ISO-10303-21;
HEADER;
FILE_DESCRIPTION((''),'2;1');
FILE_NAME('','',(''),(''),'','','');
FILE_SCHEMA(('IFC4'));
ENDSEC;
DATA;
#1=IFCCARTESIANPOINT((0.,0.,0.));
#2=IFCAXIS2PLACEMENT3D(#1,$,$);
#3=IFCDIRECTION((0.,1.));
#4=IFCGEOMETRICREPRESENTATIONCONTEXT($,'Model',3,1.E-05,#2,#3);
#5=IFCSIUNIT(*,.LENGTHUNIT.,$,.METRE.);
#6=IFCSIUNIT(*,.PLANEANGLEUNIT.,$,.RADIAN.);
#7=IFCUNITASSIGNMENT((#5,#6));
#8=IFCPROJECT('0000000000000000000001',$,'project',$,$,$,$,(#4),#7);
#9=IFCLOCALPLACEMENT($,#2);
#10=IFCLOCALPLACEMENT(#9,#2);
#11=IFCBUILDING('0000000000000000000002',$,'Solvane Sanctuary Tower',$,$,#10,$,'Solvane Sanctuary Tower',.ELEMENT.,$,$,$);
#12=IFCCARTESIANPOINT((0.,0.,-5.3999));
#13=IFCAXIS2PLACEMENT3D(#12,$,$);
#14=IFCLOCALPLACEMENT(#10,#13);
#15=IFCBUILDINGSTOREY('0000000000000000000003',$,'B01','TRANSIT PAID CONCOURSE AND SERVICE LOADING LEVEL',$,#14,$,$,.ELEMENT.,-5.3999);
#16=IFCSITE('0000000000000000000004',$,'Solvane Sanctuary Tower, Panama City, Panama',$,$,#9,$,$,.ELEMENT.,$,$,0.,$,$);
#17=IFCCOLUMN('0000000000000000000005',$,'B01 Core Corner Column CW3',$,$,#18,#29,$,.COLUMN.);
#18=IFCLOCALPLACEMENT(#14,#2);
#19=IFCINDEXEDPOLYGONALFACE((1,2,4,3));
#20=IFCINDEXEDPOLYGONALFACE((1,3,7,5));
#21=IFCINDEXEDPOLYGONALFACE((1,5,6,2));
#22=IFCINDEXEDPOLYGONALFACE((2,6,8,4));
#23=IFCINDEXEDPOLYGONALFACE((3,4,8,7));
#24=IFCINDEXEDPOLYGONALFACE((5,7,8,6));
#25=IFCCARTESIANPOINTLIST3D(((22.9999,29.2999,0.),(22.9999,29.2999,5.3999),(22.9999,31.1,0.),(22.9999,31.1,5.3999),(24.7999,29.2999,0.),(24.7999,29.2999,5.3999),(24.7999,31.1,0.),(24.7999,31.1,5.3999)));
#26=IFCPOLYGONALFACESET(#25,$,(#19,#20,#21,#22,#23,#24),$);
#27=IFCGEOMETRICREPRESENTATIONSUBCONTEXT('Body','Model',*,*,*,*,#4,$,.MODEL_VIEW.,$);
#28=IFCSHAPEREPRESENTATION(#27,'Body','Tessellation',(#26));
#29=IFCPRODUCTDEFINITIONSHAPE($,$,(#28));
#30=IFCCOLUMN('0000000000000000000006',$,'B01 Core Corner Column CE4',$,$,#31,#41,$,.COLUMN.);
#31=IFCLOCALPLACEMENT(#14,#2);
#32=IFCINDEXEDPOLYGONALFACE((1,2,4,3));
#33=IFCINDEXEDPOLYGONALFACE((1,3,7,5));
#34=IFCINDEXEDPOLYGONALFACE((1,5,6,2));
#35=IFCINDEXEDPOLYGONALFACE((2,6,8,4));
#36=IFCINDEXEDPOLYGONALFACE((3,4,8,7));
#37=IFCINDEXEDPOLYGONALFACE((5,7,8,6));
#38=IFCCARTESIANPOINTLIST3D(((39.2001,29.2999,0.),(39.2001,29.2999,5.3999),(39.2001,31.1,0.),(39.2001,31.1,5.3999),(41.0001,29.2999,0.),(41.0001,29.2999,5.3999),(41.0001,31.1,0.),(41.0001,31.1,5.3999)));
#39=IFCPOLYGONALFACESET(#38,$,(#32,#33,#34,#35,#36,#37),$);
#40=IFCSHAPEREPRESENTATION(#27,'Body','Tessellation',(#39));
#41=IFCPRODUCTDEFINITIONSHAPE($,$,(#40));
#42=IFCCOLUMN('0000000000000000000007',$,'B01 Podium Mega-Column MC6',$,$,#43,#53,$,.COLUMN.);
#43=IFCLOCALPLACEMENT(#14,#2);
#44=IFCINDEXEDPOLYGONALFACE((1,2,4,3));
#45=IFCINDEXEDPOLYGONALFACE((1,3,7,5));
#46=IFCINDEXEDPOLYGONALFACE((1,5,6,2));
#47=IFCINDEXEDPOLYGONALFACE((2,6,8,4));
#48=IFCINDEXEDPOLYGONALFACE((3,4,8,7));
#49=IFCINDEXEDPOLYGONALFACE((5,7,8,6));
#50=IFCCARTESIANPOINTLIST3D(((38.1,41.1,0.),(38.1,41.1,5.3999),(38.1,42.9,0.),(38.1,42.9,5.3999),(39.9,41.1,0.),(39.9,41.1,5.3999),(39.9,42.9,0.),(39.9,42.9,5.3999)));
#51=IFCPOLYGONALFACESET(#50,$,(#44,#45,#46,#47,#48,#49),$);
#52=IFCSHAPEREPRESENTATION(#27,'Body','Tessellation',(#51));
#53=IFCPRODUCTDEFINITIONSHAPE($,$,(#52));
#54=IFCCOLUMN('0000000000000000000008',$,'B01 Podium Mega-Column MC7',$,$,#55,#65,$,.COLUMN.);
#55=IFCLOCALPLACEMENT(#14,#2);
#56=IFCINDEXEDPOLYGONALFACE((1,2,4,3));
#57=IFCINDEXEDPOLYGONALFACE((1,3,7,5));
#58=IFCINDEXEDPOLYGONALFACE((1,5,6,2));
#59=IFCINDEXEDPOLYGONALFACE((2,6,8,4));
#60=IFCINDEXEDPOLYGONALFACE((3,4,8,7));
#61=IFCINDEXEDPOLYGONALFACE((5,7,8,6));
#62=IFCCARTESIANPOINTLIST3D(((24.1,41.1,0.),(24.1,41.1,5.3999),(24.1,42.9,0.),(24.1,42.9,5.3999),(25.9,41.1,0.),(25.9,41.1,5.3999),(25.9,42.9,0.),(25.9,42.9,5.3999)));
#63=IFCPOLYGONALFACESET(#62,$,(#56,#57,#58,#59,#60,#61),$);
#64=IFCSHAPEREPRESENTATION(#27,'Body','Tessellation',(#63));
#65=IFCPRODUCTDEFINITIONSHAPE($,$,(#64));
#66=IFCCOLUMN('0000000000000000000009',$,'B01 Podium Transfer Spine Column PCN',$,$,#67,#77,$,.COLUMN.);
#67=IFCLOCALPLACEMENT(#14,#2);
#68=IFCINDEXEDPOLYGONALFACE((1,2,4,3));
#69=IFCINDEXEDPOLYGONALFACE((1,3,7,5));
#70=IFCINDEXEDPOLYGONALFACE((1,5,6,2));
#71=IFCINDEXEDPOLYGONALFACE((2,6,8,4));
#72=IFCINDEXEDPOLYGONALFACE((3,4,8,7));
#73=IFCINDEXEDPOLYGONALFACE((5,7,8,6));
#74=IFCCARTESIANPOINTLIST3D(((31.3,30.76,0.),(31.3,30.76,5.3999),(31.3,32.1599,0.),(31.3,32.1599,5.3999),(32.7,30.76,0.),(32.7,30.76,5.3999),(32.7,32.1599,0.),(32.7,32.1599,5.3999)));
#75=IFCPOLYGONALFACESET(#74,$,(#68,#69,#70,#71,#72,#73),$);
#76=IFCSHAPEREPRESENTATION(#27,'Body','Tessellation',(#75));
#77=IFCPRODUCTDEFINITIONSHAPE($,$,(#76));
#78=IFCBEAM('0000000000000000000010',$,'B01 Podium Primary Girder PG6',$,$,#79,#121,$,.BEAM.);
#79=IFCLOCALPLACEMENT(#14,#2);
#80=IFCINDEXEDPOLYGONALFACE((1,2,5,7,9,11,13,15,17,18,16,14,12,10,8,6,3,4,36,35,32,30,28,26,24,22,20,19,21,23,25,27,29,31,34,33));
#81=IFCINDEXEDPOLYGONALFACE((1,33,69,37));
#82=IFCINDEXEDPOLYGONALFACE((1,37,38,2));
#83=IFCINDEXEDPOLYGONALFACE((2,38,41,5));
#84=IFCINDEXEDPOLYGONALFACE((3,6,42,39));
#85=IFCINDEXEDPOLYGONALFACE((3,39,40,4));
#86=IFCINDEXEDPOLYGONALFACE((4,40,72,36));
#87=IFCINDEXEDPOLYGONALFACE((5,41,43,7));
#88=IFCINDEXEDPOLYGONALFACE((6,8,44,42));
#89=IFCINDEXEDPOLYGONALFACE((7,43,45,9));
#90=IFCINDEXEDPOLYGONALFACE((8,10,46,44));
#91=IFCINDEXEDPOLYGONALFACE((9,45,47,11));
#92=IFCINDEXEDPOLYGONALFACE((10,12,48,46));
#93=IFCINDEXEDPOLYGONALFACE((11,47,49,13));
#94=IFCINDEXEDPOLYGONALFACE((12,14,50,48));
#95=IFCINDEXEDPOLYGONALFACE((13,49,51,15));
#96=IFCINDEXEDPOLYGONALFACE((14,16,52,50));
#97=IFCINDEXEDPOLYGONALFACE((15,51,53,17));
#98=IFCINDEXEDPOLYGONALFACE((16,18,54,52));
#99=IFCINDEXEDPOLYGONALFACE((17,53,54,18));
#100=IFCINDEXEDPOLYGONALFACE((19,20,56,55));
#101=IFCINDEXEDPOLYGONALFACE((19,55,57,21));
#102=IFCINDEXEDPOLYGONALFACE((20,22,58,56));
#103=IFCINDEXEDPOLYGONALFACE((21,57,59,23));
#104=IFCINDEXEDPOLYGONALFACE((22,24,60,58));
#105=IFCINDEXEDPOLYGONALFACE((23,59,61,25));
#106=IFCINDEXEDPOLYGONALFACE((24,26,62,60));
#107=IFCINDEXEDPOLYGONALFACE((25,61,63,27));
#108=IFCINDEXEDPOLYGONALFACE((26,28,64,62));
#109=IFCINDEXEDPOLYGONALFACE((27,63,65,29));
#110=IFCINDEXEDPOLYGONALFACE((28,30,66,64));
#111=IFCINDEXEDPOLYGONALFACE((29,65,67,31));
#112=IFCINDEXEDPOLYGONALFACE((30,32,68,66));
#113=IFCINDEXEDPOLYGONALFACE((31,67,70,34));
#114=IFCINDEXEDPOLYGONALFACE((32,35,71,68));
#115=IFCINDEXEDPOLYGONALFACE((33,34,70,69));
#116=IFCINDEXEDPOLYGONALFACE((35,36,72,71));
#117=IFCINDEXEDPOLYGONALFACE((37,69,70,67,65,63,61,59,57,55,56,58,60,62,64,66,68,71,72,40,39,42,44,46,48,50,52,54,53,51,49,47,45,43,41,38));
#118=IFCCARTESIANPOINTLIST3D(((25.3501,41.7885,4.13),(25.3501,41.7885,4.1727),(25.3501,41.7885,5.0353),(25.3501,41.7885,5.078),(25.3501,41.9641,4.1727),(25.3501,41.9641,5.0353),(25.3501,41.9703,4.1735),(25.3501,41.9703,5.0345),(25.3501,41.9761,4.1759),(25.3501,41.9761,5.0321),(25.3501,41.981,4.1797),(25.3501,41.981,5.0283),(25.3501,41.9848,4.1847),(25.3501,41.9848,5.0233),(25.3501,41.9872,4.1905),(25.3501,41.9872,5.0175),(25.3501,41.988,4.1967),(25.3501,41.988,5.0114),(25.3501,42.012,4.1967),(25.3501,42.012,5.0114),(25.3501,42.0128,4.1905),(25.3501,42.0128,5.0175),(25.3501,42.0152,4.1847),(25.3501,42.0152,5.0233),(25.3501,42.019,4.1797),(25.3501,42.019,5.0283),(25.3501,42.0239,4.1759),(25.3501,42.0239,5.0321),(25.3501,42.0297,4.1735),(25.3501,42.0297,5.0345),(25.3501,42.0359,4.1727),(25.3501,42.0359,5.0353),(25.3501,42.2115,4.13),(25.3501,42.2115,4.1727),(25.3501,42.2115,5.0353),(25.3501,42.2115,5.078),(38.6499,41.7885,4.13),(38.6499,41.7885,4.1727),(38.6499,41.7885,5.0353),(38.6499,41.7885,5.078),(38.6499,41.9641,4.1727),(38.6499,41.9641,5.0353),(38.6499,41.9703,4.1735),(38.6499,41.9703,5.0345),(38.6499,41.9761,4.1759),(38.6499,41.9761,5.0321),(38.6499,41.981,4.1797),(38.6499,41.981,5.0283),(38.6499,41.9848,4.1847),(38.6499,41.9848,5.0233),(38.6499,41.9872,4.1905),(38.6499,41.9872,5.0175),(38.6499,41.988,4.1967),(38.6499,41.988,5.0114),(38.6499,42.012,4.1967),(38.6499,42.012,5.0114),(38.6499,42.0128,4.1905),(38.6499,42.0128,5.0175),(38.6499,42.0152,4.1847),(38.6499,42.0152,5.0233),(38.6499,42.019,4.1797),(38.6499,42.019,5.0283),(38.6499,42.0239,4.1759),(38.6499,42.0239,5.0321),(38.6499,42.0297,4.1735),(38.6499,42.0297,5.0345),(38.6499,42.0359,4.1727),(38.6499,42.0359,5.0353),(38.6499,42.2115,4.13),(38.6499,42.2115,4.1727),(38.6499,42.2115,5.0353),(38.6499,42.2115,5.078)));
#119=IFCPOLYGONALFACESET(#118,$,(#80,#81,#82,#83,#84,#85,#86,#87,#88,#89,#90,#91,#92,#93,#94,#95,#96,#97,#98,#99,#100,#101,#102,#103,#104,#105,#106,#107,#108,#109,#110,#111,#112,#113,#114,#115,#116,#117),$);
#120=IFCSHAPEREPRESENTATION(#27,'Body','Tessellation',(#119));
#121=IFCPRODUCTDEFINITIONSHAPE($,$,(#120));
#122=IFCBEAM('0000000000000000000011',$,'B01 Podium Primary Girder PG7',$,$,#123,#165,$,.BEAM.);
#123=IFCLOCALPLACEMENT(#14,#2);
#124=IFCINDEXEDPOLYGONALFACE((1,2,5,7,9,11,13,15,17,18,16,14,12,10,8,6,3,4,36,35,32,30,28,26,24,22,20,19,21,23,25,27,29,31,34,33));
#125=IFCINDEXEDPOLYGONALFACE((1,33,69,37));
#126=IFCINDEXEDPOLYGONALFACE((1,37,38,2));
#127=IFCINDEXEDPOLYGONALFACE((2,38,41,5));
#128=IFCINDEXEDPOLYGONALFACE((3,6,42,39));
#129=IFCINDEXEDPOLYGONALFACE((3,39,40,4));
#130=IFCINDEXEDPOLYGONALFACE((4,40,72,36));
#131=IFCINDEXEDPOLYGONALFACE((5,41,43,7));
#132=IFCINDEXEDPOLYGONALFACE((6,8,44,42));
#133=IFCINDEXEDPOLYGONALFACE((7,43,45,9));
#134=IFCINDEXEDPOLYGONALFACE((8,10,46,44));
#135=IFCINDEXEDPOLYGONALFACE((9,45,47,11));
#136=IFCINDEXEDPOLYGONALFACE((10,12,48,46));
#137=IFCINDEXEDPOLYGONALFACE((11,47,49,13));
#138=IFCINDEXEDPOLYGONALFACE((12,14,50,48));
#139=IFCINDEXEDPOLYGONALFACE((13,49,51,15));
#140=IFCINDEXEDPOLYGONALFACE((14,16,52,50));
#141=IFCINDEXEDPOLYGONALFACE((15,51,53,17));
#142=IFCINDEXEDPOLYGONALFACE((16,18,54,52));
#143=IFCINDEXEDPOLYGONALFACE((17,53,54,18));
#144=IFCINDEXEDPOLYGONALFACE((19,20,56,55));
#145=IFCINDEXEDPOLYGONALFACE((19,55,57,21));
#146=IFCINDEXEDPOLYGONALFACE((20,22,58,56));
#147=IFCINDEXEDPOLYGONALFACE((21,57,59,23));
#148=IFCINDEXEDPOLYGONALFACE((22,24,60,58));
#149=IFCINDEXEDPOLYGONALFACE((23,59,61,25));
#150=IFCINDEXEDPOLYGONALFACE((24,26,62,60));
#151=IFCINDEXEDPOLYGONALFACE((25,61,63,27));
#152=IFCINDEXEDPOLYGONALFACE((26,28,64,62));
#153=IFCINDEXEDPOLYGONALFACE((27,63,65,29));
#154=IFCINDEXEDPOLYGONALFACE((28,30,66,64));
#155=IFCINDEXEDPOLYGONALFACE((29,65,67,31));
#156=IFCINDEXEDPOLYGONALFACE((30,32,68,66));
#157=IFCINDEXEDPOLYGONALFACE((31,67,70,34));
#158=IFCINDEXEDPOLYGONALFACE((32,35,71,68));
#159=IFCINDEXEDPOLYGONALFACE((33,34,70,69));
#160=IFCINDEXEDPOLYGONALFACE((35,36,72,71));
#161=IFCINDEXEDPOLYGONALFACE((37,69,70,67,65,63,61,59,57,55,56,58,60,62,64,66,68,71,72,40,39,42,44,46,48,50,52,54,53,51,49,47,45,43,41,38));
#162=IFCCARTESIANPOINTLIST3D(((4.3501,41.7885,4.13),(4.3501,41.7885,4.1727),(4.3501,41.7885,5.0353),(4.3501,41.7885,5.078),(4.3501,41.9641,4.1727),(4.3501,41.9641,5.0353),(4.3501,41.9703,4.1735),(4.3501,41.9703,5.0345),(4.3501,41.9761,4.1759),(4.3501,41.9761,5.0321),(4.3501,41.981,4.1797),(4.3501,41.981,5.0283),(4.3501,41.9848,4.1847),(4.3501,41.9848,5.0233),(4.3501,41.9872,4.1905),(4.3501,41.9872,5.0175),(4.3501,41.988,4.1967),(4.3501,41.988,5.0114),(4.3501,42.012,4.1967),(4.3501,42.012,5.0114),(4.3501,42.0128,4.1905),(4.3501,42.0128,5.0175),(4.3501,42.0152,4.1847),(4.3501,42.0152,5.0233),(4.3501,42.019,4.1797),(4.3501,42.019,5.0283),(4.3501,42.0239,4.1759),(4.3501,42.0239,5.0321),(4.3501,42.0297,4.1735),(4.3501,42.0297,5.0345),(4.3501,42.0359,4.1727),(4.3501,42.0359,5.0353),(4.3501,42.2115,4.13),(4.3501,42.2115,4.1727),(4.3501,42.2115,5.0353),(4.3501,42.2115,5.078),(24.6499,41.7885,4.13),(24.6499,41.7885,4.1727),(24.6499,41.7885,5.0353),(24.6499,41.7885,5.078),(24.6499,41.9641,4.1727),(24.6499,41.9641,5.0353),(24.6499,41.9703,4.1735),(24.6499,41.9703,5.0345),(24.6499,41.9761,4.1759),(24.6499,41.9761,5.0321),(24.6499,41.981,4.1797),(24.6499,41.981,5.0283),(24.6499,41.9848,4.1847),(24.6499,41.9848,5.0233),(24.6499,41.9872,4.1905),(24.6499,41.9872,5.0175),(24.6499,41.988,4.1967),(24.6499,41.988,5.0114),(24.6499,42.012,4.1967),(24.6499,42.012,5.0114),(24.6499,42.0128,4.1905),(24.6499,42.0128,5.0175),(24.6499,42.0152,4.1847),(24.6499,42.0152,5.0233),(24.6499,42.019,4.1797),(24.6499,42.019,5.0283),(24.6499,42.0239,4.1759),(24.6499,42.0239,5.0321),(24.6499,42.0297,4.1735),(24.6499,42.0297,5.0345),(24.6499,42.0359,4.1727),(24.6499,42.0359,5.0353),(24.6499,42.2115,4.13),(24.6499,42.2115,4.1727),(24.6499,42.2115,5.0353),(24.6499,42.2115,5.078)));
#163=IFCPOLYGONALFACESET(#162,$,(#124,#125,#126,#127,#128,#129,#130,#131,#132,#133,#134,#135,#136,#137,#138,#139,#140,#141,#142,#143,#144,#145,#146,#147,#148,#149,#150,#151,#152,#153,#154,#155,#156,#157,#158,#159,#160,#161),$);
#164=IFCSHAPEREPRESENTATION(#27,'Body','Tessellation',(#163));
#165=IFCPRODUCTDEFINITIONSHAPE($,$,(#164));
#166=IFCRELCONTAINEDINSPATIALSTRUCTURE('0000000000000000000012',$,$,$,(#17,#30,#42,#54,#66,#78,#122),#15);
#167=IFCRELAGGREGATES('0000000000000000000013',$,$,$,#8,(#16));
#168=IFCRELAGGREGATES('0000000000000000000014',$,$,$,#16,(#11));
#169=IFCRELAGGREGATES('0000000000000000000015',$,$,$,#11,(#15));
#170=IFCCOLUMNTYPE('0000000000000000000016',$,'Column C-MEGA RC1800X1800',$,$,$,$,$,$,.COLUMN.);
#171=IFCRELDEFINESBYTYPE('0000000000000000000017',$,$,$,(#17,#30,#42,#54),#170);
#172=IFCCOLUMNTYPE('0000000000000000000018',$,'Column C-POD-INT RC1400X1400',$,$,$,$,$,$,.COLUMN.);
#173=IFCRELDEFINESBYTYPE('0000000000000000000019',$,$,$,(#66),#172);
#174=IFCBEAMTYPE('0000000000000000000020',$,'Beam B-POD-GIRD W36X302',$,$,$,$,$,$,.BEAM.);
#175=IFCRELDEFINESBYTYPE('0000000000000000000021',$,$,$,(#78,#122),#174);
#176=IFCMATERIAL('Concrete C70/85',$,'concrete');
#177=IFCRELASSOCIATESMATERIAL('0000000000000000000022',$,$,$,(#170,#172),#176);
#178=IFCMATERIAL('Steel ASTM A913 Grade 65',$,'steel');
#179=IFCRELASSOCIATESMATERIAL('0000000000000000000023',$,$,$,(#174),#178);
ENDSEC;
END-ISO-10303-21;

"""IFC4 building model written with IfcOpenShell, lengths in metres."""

from ifc_helpers import new_model, si_unit, direction, frame, origin, origin_2d, place, context, subcontext, project, spatial, rectangle, i_section, extrude, material, material_profile, profile_set, type_object, element, save


model = new_model("IFC4")

# Units and contexts
model_context = context("Model", 3, precision=1e-05, world=origin(), true_north=direction((0.0, 1.0)))
body_context = subcontext(model_context, "Body", "Model", "MODEL_VIEW")
ifc_project = project(units=[si_unit("LENGTHUNIT", "METRE"), si_unit("PLANEANGLEUNIT", "RADIAN")], contexts=[model_context])

# Site, building, storey
site_placement = place(None, origin())
site = spatial("IfcSite", under=ifc_project, at=site_placement, Name="Solvane Sanctuary Tower, Panama City, Panama", CompositionType="ELEMENT", RefElevation=0.0)
building_placement = place(site_placement, origin())
building = spatial("IfcBuilding", under=site, at=building_placement, Name="Solvane Sanctuary Tower", LongName="Solvane Sanctuary Tower", CompositionType="ELEMENT")
storey_placement = place(building_placement, frame((0.0, 0.0, -5.3999)))
storey = spatial("IfcBuildingStorey", under=building, at=storey_placement, Name="B01", Description="TRANSIT PAID CONCOURSE AND SERVICE LOADING LEVEL", CompositionType="ELEMENT", Elevation=-5.3999)

# Columns
ifc_material_1 = material(Name="Concrete C70/85", Category="concrete")
ifc_material_profile_1 = material_profile(ifc_material_1, rectangle(XDim=1.8, YDim=1.8, at=origin_2d()), Name="RC1800X1800")
ifc_profile_set_1 = profile_set([ifc_material_profile_1], Name="Concrete C70/85")
column_type_1 = type_object("IfcColumnType", Name="Column C-MEGA RC1800X1800", PredefinedType="COLUMN", material=ifc_profile_set_1)
for number, where, z_axis, x_axis, name in (
    (1, (23.8999, 30.2, 0.0), (0.0, 0.0, 1.0), (1.0, 0.0, 0.0), "B01 Core Corner Column CW3"),
    (2, (40.1001, 30.2, 0.0), (0.0, 0.0, 1.0), (1.0, 0.0, 0.0), "B01 Core Corner Column CE4"),
    (3, (39.0, 42.0, 0.0), (0.0, 0.0, 1.0), (1.0, 0.0, 0.0), "B01 Podium Mega-Column MC6"),
    (4, (25.0, 42.0, 0.0), (0.0, 0.0, 1.0), (1.0, 0.0, 0.0), "B01 Podium Mega-Column MC7"),
):
    element("IfcColumn", number, at=place(storey_placement, frame(where, z_axis=z_axis, x_axis=x_axis)), inside=storey, type_object=column_type_1, Name=name, PredefinedType="COLUMN", context=body_context, shape_type="SweptSolid", body=[
        extrude(rectangle(XDim=1.8, YDim=1.8, at=origin_2d()), origin(), (0.0, 0.0, 1.0), 5.3999),
    ])
ifc_material_profile_2 = material_profile(ifc_material_1, rectangle(XDim=1.3999, YDim=1.3999, at=origin_2d()), Name="RC1400X1400")
ifc_profile_set_2 = profile_set([ifc_material_profile_2], Name="Concrete C70/85")
column_type_2 = type_object("IfcColumnType", Name="Column C-POD-INT RC1400X1400", PredefinedType="COLUMN", material=ifc_profile_set_2)
column_placement = place(storey_placement, frame((32.0, 31.46, 0.0), z_axis=(0.0, 0.0, 1.0), x_axis=(1.0, 0.0, 0.0)))
element("IfcColumn", 5, at=column_placement, inside=storey, type_object=column_type_2, Name="B01 Podium Transfer Spine Column PCN", PredefinedType="COLUMN", context=body_context, shape_type="SweptSolid", body=[
    extrude(rectangle(XDim=1.3999, YDim=1.3999, at=origin_2d()), origin(), (0.0, 0.0, 1.0), 5.3999),
])

# Beams
ifc_material_2 = material(Name="Steel ASTM A913 Grade 65", Category="steel")
ifc_material_profile_3 = material_profile(ifc_material_2, i_section(OverallWidth=0.4231, OverallDepth=0.948, WebThickness=0.0239, FlangeThickness=0.0427, FilletRadius=0.0239, at=origin_2d()), Name="W36X302")
ifc_profile_set_3 = profile_set([ifc_material_profile_3], Name="Steel ASTM A913 Grade 65")
beam_type = type_object("IfcBeamType", Name="Beam B-POD-GIRD W36X302", PredefinedType="BEAM", material=ifc_profile_set_3)
beam_1_placement = place(storey_placement, frame((38.6499, 42.0, 4.604), z_axis=(-1.0, 0.0, 0.0), x_axis=(0.0, -1.0, 0.0)))
element("IfcBeam", 6, at=beam_1_placement, inside=storey, type_object=beam_type, Name="B01 Podium Primary Girder PG6", PredefinedType="BEAM", context=body_context, shape_type="SweptSolid", body=[
    extrude(i_section(OverallWidth=0.4231, OverallDepth=0.948, WebThickness=0.0239, FlangeThickness=0.0427, FilletRadius=0.0239, at=origin_2d()), origin(), (0.0, 0.0, 1.0), 13.2998),
])
beam_2_placement = place(storey_placement, frame((24.6499, 42.0, 4.604), z_axis=(-1.0, 0.0, 0.0), x_axis=(0.0, -1.0, 0.0)))
element("IfcBeam", 7, at=beam_2_placement, inside=storey, type_object=beam_type, Name="B01 Podium Primary Girder PG7", PredefinedType="BEAM", context=body_context, shape_type="SweptSolid", body=[
    extrude(i_section(OverallWidth=0.4231, OverallDepth=0.948, WebThickness=0.0239, FlangeThickness=0.0427, FilletRadius=0.0239, at=origin_2d()), origin(), (0.0, 0.0, 1.0), 20.2998),
])

save(model, "model.ifc")
